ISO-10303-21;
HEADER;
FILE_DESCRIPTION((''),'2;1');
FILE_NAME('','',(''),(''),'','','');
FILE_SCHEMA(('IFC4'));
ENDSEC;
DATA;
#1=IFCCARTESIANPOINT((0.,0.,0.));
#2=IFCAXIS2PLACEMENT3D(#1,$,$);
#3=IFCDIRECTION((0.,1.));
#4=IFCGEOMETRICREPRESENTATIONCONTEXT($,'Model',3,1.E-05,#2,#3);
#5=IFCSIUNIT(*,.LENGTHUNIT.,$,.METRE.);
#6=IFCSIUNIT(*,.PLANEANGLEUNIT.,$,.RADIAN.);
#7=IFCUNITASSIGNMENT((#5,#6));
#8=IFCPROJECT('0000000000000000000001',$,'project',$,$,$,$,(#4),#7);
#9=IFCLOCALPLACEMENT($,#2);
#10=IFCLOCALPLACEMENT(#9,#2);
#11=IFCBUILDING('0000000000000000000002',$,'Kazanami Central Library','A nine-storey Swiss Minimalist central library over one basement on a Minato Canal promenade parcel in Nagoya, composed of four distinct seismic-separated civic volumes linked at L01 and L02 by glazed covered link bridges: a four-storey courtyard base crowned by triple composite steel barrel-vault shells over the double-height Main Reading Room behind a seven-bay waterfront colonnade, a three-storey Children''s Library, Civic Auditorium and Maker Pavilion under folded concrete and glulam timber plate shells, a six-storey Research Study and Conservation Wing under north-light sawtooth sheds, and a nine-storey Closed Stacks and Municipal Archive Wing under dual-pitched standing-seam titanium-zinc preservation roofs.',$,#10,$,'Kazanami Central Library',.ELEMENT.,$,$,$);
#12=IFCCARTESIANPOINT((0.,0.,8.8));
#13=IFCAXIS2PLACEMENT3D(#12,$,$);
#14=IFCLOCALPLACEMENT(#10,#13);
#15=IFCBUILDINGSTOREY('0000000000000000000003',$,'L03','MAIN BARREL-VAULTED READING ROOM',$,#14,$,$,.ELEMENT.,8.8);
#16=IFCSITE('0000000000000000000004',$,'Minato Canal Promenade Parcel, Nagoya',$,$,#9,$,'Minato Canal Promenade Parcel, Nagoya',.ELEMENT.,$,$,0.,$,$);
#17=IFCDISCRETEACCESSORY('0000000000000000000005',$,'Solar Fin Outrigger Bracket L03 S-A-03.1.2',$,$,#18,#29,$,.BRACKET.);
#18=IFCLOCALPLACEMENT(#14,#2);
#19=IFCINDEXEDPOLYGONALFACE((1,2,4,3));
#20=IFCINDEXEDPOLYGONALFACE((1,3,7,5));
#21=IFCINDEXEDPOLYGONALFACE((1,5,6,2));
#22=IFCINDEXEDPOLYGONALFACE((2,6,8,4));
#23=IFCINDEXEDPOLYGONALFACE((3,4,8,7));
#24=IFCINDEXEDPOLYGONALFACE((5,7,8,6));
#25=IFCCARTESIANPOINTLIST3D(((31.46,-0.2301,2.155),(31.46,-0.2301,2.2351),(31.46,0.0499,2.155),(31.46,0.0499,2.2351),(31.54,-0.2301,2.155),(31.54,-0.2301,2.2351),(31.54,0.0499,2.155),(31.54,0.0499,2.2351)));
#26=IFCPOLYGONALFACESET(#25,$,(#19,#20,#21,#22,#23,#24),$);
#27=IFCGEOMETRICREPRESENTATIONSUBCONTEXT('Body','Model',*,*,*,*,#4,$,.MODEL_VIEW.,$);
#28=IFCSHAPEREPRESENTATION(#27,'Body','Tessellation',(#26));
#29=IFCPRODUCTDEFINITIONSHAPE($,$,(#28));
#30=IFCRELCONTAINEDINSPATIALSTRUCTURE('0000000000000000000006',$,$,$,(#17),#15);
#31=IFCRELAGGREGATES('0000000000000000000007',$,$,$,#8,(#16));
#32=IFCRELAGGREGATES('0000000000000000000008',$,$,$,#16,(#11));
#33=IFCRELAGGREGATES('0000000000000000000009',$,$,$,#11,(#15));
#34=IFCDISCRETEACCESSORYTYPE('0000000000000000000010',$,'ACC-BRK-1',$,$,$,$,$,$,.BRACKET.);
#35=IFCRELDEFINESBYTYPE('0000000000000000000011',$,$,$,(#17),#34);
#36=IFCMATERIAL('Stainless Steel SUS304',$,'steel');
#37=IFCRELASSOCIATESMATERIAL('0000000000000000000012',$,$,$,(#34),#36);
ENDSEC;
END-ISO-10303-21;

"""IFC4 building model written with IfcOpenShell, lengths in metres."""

from ifc_helpers import new_model, si_unit, direction, frame, origin, origin_2d, place, context, subcontext, project, spatial, rectangle, extrude, material, type_object, element, save


model = new_model("IFC4")

# Units and contexts
model_context = context("Model", 3, precision=1e-05, world=origin(), true_north=direction((0.0, 1.0)))
body_context = subcontext(model_context, "Body", "Model", "MODEL_VIEW")
ifc_project = project(units=[si_unit("LENGTHUNIT", "METRE"), si_unit("PLANEANGLEUNIT", "RADIAN")], contexts=[model_context])

# Site, building, storey
site_placement = place(None, origin())
site = spatial("IfcSite", under=ifc_project, at=site_placement, Name="Minato Canal Promenade Parcel, Nagoya", LongName="Minato Canal Promenade Parcel, Nagoya", CompositionType="ELEMENT", RefElevation=0.0)
building_placement = place(site_placement, origin())
building = spatial("IfcBuilding", under=site, at=building_placement, Name="Kazanami Central Library", Description="A nine-storey Swiss Minimalist central library over one basement on a Minato Canal promenade parcel in Nagoya, composed of four distinct seismic-separated civic volumes linked at L01 and L02 by glazed covered link bridges: a four-storey courtyard base crowned by triple composite steel barrel-vault shells over the double-height Main Reading Room behind a seven-bay waterfront colonnade, a three-storey Children's Library, Civic Auditorium and Maker Pavilion under folded concrete and glulam timber plate shells, a six-storey Research Study and Conservation Wing under north-light sawtooth sheds, and a nine-storey Closed Stacks and Municipal Archive Wing under dual-pitched standing-seam titanium-zinc preservation roofs.", LongName="Kazanami Central Library", CompositionType="ELEMENT")
storey_placement = place(building_placement, frame((0.0, 0.0, 8.8)))
storey = spatial("IfcBuildingStorey", under=building, at=storey_placement, Name="L03", Description="MAIN BARREL-VAULTED READING ROOM", CompositionType="ELEMENT", Elevation=8.8)

# Discrete accessory
ifc_material_1 = material(Name="Stainless Steel SUS304", Category="steel")
discrete_accessory_type = type_object("IfcDiscreteAccessoryType", Name="ACC-BRK-1", PredefinedType="BRACKET", material=ifc_material_1)
for number, where, z_axis, x_axis, name in (
    (1, (31.5, -0.0901, 2.155), (0.0, 0.0, 1.0), (1.0, 0.0, 0.0), "Solar Fin Outrigger Bracket L03 S-A-03.1.2"),
):
    element("IfcDiscreteAccessory", number, at=place(storey_placement, frame(where, z_axis=z_axis, x_axis=x_axis)), inside=storey, type_object=discrete_accessory_type, Name=name, PredefinedType="BRACKET", context=body_context, shape_type="SweptSolid", body=[
        extrude(rectangle(XDim=0.0801, YDim=0.28, at=origin_2d()), origin(), (0.0, 0.0, 1.0), 0.0801),
    ])

save(model, "model.ifc")
